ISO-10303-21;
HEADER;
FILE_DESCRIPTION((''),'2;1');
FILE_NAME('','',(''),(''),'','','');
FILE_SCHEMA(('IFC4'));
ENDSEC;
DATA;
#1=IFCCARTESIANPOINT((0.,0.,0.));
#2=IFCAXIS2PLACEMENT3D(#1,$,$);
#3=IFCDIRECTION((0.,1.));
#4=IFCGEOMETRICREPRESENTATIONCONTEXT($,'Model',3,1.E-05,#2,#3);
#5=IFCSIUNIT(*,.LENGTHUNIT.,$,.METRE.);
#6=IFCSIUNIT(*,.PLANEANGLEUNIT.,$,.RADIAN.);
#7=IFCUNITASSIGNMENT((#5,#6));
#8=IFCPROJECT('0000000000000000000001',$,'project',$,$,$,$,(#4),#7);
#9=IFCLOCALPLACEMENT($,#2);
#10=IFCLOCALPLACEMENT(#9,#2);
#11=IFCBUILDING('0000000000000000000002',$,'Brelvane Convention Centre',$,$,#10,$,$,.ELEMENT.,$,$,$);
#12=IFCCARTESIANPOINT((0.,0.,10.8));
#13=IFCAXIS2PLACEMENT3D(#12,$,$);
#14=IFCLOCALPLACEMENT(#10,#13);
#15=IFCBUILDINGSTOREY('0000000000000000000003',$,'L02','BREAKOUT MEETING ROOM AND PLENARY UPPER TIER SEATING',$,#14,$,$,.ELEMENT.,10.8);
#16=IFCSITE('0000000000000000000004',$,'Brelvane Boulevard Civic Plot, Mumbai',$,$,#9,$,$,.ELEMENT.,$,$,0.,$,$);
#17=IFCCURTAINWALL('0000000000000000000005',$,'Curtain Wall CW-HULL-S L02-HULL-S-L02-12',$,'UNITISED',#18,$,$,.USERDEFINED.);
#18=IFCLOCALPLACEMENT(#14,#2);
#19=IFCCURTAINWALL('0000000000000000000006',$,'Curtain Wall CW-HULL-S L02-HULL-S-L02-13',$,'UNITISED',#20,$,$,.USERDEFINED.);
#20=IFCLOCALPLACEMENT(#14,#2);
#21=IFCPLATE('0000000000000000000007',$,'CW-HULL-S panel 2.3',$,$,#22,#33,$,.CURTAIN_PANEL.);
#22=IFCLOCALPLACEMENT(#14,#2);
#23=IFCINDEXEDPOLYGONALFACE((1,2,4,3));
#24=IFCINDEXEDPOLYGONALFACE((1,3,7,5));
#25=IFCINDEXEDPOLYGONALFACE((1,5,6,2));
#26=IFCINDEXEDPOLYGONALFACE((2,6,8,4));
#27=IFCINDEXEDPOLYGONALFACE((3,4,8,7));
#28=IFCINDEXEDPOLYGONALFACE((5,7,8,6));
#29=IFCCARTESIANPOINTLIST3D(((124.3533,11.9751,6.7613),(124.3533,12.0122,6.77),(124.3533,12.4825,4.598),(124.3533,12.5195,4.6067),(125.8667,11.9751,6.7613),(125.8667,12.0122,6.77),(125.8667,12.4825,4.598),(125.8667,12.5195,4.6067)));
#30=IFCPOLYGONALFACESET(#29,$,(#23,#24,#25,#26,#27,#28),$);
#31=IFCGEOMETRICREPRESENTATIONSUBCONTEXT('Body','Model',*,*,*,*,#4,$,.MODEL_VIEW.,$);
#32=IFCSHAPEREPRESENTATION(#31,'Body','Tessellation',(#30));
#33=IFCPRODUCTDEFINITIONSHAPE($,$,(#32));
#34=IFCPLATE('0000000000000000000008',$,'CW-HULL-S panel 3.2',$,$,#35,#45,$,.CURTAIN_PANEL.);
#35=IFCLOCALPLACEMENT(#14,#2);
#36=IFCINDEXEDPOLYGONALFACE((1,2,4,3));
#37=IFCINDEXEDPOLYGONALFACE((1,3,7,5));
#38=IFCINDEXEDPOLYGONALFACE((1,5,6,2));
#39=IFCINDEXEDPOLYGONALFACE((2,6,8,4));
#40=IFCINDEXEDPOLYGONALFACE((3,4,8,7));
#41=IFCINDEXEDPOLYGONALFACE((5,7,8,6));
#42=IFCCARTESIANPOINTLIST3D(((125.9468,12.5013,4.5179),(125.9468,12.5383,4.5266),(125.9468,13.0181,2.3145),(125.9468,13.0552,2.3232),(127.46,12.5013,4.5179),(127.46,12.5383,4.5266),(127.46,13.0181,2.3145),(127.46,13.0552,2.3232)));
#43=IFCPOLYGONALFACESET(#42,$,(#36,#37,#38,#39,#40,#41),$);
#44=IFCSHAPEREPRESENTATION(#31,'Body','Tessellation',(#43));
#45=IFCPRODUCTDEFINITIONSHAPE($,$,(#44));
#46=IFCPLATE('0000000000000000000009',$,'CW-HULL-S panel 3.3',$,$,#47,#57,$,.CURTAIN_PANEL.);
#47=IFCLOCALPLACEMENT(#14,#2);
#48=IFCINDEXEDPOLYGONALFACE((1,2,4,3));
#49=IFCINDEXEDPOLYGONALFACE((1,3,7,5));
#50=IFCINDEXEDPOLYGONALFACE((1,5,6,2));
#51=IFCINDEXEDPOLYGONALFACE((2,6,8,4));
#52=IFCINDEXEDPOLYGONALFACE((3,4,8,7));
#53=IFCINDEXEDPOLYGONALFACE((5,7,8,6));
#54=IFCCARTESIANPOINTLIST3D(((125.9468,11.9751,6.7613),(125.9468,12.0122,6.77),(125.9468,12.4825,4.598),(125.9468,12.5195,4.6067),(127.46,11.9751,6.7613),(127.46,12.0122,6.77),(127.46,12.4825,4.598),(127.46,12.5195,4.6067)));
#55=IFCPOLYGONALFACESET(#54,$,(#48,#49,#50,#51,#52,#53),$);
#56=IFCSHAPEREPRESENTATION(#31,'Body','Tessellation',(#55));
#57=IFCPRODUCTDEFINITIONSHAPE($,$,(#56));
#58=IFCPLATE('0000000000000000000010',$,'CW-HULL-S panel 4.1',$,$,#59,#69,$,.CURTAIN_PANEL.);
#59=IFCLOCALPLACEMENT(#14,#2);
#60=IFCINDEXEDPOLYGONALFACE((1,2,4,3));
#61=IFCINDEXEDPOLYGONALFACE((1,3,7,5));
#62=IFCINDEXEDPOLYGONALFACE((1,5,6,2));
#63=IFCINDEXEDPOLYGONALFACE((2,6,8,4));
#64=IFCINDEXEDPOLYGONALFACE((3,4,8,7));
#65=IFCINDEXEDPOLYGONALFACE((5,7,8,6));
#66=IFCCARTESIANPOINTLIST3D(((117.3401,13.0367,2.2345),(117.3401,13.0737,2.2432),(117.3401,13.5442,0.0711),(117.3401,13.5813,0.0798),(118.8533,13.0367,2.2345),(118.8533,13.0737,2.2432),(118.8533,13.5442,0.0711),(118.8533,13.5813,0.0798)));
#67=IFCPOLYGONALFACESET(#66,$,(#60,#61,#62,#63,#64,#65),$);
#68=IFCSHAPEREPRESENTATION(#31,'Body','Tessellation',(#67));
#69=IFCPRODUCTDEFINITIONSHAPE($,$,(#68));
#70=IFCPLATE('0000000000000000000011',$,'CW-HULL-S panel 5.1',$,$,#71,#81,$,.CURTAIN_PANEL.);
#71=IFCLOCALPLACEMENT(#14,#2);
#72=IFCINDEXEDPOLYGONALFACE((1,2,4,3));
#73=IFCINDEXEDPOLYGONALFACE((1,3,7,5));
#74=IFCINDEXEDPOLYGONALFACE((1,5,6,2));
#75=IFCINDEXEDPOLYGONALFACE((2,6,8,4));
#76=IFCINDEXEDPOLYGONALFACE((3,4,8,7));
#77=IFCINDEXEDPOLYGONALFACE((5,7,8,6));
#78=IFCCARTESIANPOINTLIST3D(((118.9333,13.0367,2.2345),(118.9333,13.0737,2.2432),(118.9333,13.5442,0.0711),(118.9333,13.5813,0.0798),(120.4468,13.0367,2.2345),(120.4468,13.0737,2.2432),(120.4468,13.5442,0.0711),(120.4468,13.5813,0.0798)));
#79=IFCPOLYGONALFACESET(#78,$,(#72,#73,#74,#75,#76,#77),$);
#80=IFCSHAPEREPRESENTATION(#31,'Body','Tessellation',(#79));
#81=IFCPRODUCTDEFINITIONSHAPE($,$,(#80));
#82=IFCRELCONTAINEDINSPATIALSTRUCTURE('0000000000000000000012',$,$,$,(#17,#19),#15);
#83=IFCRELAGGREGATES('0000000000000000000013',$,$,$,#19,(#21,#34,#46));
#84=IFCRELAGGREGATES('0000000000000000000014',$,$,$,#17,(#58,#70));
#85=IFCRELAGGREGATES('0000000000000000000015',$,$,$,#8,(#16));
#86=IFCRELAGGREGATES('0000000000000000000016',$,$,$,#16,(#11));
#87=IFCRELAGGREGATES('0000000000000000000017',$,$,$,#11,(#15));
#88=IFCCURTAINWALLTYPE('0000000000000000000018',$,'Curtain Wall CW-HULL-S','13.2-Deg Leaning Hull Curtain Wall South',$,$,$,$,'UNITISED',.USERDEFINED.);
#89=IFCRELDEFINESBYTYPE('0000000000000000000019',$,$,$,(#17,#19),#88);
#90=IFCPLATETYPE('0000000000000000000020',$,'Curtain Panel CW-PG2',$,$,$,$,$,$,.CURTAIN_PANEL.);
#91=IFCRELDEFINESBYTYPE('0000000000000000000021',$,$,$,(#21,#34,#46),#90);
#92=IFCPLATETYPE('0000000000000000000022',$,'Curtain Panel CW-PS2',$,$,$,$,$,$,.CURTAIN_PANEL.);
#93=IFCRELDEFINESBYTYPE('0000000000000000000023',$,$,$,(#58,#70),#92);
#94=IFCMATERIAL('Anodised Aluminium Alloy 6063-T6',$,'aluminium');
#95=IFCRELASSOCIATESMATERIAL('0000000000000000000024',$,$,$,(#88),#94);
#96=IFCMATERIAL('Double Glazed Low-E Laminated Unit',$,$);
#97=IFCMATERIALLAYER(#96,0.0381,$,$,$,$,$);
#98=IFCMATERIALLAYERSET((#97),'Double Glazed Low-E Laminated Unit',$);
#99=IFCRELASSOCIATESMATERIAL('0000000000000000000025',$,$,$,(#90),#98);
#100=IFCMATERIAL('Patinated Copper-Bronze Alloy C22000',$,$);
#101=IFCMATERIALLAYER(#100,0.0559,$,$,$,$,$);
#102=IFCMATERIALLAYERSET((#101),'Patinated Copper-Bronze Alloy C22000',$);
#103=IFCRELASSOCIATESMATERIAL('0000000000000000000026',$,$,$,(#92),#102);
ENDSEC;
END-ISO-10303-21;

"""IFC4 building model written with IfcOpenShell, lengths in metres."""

from ifc_helpers import new_model, si_unit, direction, frame, origin, place, context, subcontext, project, spatial, polyline, outline, extrude, material, layer, layer_set, type_object, element, aggregate, save


model = new_model("IFC4")

# Units and contexts
model_context = context("Model", 3, precision=1e-05, world=origin(), true_north=direction((0.0, 1.0)))
body_context = subcontext(model_context, "Body", "Model", "MODEL_VIEW")
ifc_project = project(units=[si_unit("LENGTHUNIT", "METRE"), si_unit("PLANEANGLEUNIT", "RADIAN")], contexts=[model_context])

# Site, building, storey
site_placement = place(None, origin())
site = spatial("IfcSite", under=ifc_project, at=site_placement, Name="Brelvane Boulevard Civic Plot, Mumbai", CompositionType="ELEMENT", RefElevation=0.0)
building_placement = place(site_placement, origin())
building = spatial("IfcBuilding", under=site, at=building_placement, Name="Brelvane Convention Centre", CompositionType="ELEMENT")
storey_placement = place(building_placement, frame((0.0, 0.0, 10.8)))
storey = spatial("IfcBuildingStorey", under=building, at=storey_placement, Name="L02", Description="BREAKOUT MEETING ROOM AND PLENARY UPPER TIER SEATING", CompositionType="ELEMENT", Elevation=10.8)

# Curtain walls
ifc_material_1 = material(Name="Anodised Aluminium Alloy 6063-T6", Category="aluminium")
curtain_wall_type = type_object("IfcCurtainWallType", Name="Curtain Wall CW-HULL-S", Description="13.2-Deg Leaning Hull Curtain Wall South", ElementType="UNITISED", PredefinedType="USERDEFINED", material=ifc_material_1)
curtain_wall_1_placement = place(storey_placement, origin())
curtain_wall_1 = element("IfcCurtainWall", 1, at=curtain_wall_1_placement, inside=storey, type_object=curtain_wall_type, Name="Curtain Wall CW-HULL-S L02-HULL-S-L02-12", ObjectType="UNITISED", PredefinedType="USERDEFINED")
curtain_wall_2_placement = place(storey_placement, origin())
curtain_wall_2 = element("IfcCurtainWall", 2, at=curtain_wall_2_placement, inside=storey, type_object=curtain_wall_type, Name="Curtain Wall CW-HULL-S L02-HULL-S-L02-13", ObjectType="UNITISED", PredefinedType="USERDEFINED")

# Plates
ifc_material_2 = material(Name="Double Glazed Low-E Laminated Unit")
ifc_layer_1 = layer(ifc_material_2, 0.0381)
ifc_layer_set_1 = layer_set([ifc_layer_1], Name="Double Glazed Low-E Laminated Unit")
plate_type_1 = type_object("IfcPlateType", Name="Curtain Panel CW-PG2", PredefinedType="CURTAIN_PANEL", material=ifc_layer_set_1)
plate_1_placement = place(storey_placement, frame((124.3533, 12.5195, 4.6067), z_axis=(0.0, 0.973587, 0.228317), x_axis=(1.0, 0.0, 0.0)))
plate_1 = element("IfcPlate", 3, at=plate_1_placement, type_object=plate_type_1, Name="CW-HULL-S panel 2.3", PredefinedType="CURTAIN_PANEL", context=body_context, shape_type="SweptSolid", body=[
    extrude(outline(polyline([(0.0, 0.0), (1.5134, 0.0), (1.5134, -2.222), (0.0, -2.222), (0.0, 0.0)])), origin(), (0.0, 0.0, -1.0), 0.0381),
])
plate_2_placement = place(storey_placement, frame((125.9468, 13.0552, 2.3232), z_axis=(0.0, 0.973574, 0.228372), x_axis=(1.0, 0.0, 0.0)))
plate_2 = element("IfcPlate", 4, at=plate_2_placement, type_object=plate_type_1, Name="CW-HULL-S panel 3.2", PredefinedType="CURTAIN_PANEL", context=body_context, shape_type="SweptSolid", body=[
    extrude(outline(polyline([(0.0, 0.0), (1.5132, 0.0), (1.5132, -2.2632), (0.0, -2.2632), (0.0, 0.0)])), origin(), (0.0, 0.0, -1.0), 0.0381),
])
plate_3_placement = place(storey_placement, frame((125.9468, 12.5195, 4.6067), z_axis=(0.0, 0.973587, 0.228317), x_axis=(1.0, 0.0, 0.0)))
plate_3 = element("IfcPlate", 5, at=plate_3_placement, type_object=plate_type_1, Name="CW-HULL-S panel 3.3", PredefinedType="CURTAIN_PANEL", context=body_context, shape_type="SweptSolid", body=[
    extrude(outline(polyline([(0.0, 0.0), (1.5132, 0.0), (1.5132, -2.222), (0.0, -2.222), (0.0, 0.0)])), origin(), (0.0, 0.0, -1.0), 0.0381),
])
aggregate(curtain_wall_2, [plate_1, plate_2, plate_3])
ifc_material_3 = material(Name="Patinated Copper-Bronze Alloy C22000")
ifc_layer_2 = layer(ifc_material_3, 0.0559)
ifc_layer_set_2 = layer_set([ifc_layer_2], Name="Patinated Copper-Bronze Alloy C22000")
plate_type_2 = type_object("IfcPlateType", Name="Curtain Panel CW-PS2", PredefinedType="CURTAIN_PANEL", material=ifc_layer_set_2)
plate_4_placement = place(storey_placement, frame((117.3401, 13.5813, 0.0798), z_axis=(0.0, 0.973563, 0.228421), x_axis=(1.0, 0.0, 0.0)))
plate_4 = element("IfcPlate", 6, at=plate_4_placement, type_object=plate_type_2, Name="CW-HULL-S panel 4.1", PredefinedType="CURTAIN_PANEL", context=body_context, shape_type="SweptSolid", body=[
    extrude(outline(polyline([(0.0, 0.0), (1.5132, 0.0), (1.5132, -2.2221), (0.0, -2.2221), (0.0, 0.0)])), origin(), (0.0, 0.0, -1.0), 0.0381),
])
plate_5_placement = place(storey_placement, frame((118.9333, 13.5813, 0.0798), z_axis=(0.0, 0.973563, 0.228421), x_axis=(1.0, 0.0, 0.0)))
plate_5 = element("IfcPlate", 7, at=plate_5_placement, type_object=plate_type_2, Name="CW-HULL-S panel 5.1", PredefinedType="CURTAIN_PANEL", context=body_context, shape_type="SweptSolid", body=[
    extrude(outline(polyline([(0.0, 0.0), (1.5134, 0.0), (1.5134, -2.2221), (0.0, -2.2221), (0.0, 0.0)])), origin(), (0.0, 0.0, -1.0), 0.0381),
])
aggregate(curtain_wall_1, [plate_4, plate_5])

save(model, "model.ifc")
